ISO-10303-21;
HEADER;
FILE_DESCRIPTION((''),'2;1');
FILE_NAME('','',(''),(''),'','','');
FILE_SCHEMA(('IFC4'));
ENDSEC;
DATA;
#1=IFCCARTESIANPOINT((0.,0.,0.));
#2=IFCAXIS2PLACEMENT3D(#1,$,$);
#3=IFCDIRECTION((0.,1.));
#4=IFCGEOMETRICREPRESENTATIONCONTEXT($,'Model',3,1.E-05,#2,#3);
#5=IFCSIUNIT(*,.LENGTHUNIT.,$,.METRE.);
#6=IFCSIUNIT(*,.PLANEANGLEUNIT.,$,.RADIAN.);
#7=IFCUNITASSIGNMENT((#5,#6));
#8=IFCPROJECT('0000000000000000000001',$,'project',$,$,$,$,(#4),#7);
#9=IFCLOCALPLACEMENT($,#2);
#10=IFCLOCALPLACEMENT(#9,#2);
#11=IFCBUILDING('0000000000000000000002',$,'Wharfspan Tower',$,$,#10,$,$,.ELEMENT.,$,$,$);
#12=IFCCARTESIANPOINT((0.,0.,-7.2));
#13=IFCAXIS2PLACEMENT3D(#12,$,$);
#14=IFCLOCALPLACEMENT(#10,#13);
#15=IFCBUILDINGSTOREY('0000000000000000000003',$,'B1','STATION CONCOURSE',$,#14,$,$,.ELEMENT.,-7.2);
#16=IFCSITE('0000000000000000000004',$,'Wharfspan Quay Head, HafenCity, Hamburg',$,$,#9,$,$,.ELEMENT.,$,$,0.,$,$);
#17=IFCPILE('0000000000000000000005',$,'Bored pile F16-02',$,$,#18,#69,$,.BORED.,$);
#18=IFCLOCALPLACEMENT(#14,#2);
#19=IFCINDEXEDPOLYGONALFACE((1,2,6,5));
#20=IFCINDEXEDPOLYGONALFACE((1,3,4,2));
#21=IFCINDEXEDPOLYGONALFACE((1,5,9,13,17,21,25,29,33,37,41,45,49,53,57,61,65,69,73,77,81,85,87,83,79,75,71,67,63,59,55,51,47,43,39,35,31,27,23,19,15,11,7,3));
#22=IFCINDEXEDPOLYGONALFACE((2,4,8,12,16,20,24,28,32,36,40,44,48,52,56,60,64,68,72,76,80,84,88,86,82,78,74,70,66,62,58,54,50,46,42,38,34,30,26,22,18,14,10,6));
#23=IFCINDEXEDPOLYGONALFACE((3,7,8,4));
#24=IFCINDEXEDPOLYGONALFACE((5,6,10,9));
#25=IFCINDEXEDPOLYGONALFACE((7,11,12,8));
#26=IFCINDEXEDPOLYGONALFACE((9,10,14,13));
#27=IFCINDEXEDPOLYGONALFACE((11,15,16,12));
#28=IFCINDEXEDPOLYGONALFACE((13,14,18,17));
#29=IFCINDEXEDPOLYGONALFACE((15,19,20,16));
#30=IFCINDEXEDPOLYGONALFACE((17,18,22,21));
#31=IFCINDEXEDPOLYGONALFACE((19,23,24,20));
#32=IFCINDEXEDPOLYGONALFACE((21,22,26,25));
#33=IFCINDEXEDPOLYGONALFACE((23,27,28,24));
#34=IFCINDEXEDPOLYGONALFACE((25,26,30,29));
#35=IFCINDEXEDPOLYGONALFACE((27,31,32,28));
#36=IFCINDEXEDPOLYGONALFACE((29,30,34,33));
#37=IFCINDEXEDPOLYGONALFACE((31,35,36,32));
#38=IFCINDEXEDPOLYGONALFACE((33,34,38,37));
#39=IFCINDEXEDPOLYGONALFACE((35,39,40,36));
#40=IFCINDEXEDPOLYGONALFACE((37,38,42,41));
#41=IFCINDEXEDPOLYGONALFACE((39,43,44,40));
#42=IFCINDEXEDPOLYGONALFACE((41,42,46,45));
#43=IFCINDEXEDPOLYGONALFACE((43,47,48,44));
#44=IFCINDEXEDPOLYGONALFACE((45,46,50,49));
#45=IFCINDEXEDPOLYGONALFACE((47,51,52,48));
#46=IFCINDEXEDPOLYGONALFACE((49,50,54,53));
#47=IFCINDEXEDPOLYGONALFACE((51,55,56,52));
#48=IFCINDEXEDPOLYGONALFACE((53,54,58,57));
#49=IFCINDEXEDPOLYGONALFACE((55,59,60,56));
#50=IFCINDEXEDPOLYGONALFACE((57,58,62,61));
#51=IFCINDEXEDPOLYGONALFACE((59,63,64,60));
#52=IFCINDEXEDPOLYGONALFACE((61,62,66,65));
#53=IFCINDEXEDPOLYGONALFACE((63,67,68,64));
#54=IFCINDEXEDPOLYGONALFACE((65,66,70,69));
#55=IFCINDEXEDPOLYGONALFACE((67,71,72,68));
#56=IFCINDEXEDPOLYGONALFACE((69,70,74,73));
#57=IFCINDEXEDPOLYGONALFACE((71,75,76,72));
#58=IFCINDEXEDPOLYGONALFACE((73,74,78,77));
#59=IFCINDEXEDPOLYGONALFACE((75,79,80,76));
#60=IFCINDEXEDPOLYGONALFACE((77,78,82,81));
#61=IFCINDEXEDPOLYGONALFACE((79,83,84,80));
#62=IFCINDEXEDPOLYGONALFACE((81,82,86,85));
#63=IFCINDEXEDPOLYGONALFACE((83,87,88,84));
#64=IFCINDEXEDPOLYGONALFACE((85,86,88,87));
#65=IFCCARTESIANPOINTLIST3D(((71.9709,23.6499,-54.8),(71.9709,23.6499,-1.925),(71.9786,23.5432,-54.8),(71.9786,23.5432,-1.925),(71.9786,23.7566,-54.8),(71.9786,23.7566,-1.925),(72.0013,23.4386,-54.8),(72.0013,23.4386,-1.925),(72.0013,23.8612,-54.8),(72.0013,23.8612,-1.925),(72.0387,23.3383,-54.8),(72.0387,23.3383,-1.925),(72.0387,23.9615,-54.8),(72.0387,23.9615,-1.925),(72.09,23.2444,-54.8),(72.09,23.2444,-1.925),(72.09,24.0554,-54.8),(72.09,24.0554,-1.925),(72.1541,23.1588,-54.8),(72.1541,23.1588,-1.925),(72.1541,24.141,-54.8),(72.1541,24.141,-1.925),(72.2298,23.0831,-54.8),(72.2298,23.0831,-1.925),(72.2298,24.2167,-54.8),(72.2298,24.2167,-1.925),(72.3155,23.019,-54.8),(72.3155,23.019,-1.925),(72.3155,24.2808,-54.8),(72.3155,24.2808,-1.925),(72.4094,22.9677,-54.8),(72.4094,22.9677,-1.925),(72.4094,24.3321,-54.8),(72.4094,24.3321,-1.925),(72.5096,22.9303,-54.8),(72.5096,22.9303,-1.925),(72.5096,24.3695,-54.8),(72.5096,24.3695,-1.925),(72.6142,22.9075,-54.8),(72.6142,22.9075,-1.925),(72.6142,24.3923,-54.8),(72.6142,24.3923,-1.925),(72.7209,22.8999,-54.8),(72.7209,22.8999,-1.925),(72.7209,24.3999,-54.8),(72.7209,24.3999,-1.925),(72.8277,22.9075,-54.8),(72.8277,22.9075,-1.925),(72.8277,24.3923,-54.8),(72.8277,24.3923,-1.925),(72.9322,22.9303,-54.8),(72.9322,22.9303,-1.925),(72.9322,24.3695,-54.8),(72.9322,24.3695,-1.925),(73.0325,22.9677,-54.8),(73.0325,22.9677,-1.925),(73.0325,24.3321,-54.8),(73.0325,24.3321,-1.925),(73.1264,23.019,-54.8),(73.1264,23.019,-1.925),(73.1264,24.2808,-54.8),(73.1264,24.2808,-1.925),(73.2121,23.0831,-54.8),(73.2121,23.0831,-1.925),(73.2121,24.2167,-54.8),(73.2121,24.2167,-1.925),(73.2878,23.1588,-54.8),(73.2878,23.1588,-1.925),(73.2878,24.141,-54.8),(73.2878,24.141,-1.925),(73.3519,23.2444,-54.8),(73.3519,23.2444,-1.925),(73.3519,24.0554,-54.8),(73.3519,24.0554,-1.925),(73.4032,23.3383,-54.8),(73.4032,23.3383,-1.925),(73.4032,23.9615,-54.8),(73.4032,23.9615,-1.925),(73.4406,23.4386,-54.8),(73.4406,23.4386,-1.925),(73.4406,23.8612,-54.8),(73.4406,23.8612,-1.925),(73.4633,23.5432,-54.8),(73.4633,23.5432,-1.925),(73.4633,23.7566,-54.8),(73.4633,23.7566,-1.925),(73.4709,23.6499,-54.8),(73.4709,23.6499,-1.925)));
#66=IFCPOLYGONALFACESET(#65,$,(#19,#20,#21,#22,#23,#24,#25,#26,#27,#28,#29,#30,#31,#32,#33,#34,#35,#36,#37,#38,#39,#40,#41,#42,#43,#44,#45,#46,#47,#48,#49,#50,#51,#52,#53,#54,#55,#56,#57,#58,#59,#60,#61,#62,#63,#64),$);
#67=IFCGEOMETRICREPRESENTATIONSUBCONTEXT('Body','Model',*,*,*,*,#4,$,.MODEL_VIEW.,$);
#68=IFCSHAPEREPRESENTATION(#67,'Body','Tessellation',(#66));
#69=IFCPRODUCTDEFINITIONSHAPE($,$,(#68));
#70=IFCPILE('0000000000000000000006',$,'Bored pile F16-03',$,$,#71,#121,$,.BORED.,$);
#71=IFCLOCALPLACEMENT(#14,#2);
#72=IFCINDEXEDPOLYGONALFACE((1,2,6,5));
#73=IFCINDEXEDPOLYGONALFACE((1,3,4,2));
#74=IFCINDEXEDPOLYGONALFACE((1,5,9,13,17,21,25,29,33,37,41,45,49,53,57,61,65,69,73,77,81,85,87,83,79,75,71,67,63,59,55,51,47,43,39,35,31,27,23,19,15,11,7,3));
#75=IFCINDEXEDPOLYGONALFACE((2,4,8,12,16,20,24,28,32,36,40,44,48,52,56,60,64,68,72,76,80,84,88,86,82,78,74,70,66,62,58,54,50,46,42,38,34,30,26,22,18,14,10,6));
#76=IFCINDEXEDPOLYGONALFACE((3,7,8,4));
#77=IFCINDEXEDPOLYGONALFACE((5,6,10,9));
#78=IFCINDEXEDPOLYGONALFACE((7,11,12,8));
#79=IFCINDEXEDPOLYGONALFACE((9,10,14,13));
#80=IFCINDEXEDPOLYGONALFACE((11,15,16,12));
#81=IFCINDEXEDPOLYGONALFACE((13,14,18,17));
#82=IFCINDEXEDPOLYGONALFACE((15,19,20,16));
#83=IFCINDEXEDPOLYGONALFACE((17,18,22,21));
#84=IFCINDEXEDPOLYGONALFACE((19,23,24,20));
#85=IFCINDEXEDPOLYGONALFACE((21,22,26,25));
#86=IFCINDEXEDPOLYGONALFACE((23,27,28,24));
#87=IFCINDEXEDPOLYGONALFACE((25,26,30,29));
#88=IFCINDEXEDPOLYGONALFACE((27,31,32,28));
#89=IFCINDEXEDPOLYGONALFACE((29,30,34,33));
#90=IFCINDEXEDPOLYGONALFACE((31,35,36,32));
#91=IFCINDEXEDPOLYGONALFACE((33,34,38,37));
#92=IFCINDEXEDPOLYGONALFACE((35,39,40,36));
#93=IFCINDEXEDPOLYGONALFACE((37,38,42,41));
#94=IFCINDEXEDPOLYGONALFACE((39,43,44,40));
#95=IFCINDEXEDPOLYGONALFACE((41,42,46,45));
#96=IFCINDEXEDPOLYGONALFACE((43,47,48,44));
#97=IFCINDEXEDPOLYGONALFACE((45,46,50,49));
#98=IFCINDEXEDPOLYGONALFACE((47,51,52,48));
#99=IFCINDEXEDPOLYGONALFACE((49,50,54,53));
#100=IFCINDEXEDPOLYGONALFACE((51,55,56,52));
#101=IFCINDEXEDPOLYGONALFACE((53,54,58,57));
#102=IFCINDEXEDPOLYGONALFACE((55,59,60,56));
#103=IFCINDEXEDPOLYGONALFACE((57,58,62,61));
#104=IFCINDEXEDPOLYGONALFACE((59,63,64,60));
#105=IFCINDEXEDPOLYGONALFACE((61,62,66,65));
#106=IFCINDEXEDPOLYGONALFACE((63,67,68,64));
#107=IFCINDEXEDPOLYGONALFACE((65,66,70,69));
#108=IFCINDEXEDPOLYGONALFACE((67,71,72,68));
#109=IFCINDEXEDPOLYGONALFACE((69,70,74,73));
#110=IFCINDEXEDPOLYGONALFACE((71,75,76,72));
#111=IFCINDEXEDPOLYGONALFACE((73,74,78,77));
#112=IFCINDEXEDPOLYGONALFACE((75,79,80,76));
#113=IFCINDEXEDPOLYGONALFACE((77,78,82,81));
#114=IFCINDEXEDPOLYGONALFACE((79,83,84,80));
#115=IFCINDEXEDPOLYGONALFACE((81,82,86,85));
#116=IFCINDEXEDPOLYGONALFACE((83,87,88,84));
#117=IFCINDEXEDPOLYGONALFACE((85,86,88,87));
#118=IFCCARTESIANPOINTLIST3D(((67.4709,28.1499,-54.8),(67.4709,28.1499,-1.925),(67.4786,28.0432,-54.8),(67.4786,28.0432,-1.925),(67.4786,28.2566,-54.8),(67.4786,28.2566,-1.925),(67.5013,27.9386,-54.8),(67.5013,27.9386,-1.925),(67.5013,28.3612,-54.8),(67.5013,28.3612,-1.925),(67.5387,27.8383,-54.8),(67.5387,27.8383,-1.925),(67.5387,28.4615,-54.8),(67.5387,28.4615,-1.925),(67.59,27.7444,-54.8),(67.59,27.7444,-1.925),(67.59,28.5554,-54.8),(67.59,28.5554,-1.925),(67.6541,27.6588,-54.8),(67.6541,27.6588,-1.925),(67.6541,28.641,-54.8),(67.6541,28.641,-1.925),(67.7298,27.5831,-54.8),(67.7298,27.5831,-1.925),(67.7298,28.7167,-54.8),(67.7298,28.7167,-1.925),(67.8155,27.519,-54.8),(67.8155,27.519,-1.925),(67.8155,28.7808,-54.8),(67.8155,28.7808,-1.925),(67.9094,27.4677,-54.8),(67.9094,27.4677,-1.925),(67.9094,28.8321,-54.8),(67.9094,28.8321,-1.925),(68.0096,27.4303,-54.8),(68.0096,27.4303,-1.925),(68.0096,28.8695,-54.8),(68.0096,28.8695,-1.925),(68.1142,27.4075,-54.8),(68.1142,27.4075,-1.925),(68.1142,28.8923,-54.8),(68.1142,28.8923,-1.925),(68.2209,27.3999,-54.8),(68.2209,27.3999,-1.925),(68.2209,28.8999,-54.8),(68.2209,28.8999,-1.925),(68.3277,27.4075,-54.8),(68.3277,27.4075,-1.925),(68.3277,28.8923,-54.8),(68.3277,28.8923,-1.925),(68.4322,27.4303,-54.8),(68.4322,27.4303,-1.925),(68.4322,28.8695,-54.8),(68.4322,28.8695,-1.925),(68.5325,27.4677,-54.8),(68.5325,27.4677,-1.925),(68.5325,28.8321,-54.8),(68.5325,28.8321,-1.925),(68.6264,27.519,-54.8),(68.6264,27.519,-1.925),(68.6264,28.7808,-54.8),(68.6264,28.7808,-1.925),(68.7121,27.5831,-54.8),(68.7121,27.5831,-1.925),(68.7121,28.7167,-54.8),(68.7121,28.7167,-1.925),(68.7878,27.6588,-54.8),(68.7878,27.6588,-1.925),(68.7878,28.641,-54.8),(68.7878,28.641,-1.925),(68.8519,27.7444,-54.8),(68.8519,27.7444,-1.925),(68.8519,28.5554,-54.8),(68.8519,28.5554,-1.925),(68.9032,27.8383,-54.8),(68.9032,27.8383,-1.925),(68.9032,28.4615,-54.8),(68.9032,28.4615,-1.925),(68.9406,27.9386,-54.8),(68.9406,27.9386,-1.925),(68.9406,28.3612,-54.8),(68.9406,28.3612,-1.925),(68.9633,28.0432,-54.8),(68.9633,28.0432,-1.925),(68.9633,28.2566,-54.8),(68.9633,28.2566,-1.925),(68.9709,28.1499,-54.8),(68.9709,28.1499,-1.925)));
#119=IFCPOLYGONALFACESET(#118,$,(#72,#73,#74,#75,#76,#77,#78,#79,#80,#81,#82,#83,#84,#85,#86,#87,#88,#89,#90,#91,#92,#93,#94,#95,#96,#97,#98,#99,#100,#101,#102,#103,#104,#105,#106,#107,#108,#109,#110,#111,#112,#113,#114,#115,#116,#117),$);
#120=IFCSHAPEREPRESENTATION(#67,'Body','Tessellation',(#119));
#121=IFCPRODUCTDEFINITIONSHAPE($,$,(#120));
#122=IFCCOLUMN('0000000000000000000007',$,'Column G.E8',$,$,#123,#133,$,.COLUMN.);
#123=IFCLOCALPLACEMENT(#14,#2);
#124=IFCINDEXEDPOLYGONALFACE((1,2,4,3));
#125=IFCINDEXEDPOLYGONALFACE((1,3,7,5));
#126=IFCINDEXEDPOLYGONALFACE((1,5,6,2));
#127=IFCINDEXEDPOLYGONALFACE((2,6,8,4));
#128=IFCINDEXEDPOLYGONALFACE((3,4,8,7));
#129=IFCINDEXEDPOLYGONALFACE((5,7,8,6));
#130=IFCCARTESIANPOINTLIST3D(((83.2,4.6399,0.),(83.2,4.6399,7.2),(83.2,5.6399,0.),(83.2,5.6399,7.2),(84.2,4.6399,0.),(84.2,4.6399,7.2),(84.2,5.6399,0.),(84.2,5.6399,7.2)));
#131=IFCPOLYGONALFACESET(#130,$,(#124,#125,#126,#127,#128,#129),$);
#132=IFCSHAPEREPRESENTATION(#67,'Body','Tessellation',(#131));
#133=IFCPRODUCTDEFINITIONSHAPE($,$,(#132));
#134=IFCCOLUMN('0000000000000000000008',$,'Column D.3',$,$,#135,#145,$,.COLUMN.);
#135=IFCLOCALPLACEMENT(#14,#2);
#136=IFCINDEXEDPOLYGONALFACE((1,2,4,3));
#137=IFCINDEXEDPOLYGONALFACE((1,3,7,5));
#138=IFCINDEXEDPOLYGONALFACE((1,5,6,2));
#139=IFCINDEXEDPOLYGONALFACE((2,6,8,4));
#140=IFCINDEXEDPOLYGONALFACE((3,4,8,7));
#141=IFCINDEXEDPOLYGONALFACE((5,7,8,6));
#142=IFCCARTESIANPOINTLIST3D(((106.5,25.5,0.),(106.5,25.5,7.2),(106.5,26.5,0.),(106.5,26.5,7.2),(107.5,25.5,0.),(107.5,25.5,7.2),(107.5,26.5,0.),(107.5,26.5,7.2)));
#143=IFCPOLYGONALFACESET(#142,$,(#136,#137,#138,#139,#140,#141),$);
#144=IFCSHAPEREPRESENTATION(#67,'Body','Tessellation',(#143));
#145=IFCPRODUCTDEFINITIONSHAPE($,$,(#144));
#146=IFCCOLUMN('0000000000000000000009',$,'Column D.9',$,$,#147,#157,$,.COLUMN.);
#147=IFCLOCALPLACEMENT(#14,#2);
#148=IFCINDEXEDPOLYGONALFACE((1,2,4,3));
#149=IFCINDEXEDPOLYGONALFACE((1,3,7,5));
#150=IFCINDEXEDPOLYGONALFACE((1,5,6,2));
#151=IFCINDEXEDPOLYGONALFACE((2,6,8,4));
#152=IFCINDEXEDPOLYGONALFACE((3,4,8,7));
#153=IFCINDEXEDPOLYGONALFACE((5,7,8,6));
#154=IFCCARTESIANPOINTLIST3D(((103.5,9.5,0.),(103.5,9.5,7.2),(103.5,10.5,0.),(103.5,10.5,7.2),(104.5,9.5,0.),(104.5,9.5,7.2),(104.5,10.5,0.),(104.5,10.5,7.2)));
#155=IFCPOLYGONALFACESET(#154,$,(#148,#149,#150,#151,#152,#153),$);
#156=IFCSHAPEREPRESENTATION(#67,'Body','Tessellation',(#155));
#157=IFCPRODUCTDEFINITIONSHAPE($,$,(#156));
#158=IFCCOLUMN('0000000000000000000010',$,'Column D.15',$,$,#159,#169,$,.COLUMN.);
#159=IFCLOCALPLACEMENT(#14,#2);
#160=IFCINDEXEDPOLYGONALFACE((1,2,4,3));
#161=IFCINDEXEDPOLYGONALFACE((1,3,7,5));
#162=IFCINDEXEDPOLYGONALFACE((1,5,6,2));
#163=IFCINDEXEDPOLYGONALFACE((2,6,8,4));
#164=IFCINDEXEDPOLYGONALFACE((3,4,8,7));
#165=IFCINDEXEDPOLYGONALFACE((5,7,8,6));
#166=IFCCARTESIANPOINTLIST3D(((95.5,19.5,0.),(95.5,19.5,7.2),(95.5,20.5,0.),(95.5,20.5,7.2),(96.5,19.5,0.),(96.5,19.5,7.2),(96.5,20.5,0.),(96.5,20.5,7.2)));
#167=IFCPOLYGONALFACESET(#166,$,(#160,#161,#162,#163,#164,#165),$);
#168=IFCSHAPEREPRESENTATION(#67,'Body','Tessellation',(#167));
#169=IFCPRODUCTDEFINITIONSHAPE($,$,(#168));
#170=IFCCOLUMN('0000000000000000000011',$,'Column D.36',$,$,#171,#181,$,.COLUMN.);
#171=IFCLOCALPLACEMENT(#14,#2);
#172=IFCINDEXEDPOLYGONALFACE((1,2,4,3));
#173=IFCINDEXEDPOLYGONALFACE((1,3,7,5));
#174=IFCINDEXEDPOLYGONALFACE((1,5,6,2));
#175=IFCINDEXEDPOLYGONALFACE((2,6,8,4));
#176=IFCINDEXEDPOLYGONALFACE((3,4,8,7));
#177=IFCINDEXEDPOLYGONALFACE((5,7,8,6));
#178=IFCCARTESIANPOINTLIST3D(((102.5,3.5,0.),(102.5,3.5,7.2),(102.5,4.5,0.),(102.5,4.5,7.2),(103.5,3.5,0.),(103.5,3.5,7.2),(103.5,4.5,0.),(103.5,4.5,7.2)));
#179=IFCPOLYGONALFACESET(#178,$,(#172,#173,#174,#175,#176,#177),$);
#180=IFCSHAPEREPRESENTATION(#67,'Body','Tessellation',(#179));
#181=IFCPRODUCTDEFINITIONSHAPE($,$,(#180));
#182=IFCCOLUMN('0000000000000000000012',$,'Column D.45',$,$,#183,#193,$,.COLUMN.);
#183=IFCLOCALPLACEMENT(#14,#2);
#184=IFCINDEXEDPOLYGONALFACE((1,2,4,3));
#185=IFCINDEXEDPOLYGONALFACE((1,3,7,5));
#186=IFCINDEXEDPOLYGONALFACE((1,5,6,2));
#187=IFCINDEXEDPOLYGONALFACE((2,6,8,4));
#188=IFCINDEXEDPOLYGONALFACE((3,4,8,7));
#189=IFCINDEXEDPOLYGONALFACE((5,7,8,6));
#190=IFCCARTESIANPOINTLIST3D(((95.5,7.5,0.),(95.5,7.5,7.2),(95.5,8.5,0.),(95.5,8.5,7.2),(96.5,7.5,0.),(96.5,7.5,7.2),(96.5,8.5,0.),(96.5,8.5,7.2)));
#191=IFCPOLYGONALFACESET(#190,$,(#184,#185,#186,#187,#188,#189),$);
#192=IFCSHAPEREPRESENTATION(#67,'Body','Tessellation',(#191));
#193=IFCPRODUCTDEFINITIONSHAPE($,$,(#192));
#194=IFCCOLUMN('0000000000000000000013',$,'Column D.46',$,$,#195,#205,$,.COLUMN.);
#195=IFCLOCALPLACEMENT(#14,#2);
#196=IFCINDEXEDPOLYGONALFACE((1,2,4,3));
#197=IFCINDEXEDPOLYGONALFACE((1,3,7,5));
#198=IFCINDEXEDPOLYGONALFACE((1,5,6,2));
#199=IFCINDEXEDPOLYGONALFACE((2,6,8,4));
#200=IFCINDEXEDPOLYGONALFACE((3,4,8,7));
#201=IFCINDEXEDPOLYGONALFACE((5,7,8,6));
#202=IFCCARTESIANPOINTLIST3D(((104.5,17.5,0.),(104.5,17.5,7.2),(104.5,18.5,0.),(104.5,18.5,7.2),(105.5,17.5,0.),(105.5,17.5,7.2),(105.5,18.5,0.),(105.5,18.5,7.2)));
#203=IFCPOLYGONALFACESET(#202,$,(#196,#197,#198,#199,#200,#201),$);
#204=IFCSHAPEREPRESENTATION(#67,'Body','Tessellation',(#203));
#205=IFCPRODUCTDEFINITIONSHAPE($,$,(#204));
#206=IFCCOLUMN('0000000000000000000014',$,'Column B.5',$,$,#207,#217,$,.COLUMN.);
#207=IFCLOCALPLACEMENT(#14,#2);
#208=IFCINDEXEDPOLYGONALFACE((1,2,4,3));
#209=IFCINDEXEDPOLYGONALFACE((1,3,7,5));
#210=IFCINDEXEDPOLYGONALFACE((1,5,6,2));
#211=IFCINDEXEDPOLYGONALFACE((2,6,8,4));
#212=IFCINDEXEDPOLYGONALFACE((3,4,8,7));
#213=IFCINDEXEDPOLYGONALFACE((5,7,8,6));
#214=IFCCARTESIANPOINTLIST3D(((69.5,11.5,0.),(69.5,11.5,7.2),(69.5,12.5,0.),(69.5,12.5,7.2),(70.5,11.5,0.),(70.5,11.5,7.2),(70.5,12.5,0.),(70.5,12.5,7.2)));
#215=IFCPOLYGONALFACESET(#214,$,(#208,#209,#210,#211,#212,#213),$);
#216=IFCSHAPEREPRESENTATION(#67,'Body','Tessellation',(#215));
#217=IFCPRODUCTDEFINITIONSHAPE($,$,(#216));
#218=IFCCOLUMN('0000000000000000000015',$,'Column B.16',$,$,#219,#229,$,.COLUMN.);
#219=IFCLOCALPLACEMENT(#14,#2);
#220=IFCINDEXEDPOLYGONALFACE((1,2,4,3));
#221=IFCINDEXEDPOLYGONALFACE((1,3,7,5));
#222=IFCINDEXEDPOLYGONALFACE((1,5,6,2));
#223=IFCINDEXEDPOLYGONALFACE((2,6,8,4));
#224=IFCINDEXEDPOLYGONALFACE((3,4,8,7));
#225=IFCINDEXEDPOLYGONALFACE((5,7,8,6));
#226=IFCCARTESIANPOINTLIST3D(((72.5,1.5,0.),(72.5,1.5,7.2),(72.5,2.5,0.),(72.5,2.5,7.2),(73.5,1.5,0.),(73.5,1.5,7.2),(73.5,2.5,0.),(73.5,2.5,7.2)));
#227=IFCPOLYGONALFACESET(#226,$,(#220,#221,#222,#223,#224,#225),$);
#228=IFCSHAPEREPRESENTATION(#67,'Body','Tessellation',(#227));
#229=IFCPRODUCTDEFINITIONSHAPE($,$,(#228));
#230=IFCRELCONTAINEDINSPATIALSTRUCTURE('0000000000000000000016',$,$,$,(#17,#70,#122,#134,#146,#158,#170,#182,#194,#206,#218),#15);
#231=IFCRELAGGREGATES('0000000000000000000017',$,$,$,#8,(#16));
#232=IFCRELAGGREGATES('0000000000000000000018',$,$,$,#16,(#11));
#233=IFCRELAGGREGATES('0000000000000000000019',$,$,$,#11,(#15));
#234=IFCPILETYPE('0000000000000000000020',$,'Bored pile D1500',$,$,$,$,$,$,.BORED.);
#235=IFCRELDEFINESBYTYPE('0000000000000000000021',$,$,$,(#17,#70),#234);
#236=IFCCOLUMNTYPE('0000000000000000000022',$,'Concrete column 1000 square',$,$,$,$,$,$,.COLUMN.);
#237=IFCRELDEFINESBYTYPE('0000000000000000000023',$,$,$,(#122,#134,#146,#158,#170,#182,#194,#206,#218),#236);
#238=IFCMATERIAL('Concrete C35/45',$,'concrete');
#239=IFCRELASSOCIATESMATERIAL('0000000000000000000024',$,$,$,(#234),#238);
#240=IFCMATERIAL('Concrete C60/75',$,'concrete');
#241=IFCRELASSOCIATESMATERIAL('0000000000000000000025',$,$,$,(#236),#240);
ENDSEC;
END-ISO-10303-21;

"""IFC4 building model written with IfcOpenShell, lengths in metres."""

from ifc_helpers import new_model, si_unit, direction, frame, origin, origin_2d, place, context, subcontext, project, spatial, rectangle, circle, extrude, material, material_profile, profile_set, type_object, element, save


model = new_model("IFC4")

# Units and contexts
model_context = context("Model", 3, precision=1e-05, world=origin(), true_north=direction((0.0, 1.0)))
body_context = subcontext(model_context, "Body", "Model", "MODEL_VIEW")
ifc_project = project(units=[si_unit("LENGTHUNIT", "METRE"), si_unit("PLANEANGLEUNIT", "RADIAN")], contexts=[model_context])

# Site, building, storey
site_placement = place(None, origin())
site = spatial("IfcSite", under=ifc_project, at=site_placement, Name="Wharfspan Quay Head, HafenCity, Hamburg", CompositionType="ELEMENT", RefElevation=0.0)
building_placement = place(site_placement, origin())
building = spatial("IfcBuilding", under=site, at=building_placement, Name="Wharfspan Tower", CompositionType="ELEMENT")
storey_placement = place(building_placement, frame((0.0, 0.0, -7.2)))
storey = spatial("IfcBuildingStorey", under=building, at=storey_placement, Name="B1", Description="STATION CONCOURSE", CompositionType="ELEMENT", Elevation=-7.2)

# Piles
ifc_material_1 = material(Name="Concrete C35/45", Category="concrete")
ifc_material_profile_1 = material_profile(ifc_material_1, circle(Radius=0.75, at=origin_2d()))
ifc_profile_set_1 = profile_set([ifc_material_profile_1], Name="Concrete C35/45")
pile_type = type_object("IfcPileType", Name="Bored pile D1500", PredefinedType="BORED", material=ifc_profile_set_1)
for number, where, z_axis, x_axis, name in (
    (1, (72.7209, 23.6499, -1.925), (0.0, 0.0, -1.0), (1.0, 0.0, 0.0), "Bored pile F16-02"),
    (2, (68.2209, 28.1499, -1.925), (0.0, 0.0, -1.0), (1.0, 0.0, 0.0), "Bored pile F16-03"),
):
    element("IfcPile", number, at=place(storey_placement, frame(where, z_axis=z_axis, x_axis=x_axis)), inside=storey, type_object=pile_type, Name=name, PredefinedType="BORED", context=body_context, shape_type="SweptSolid", body=[
        extrude(circle(Radius=0.75, at=origin_2d()), origin(), (0.0, 0.0, 1.0), 52.875),
    ])

# Columns
ifc_material_2 = material(Name="Concrete C60/75", Category="concrete")
ifc_material_profile_2 = material_profile(ifc_material_2, rectangle(XDim=1.0, YDim=1.0, at=origin_2d()))
ifc_profile_set_2 = profile_set([ifc_material_profile_2], Name="Concrete C60/75")
column_type_1 = type_object("IfcColumnType", Name="Concrete column 1000 square", PredefinedType="COLUMN", material=ifc_profile_set_2)
for number, where, z_axis, x_axis, name in (
    (3, (83.7, 5.1399, 0.0), (0.0, 0.0, 1.0), (1.0, 0.0, 0.0), "Column G.E8"),
    (4, (107.0, 26.0, 0.0), (0.0, 0.0, 1.0), (1.0, 0.0, 0.0), "Column D.3"),
    (5, (104.0, 10.0, 0.0), (0.0, 0.0, 1.0), (1.0, 0.0, 0.0), "Column D.9"),
    (6, (96.0, 20.0, 0.0), (0.0, 0.0, 1.0), (1.0, 0.0, 0.0), "Column D.15"),
    (7, (103.0, 4.0, 0.0), (0.0, 0.0, 1.0), (1.0, 0.0, 0.0), "Column D.36"),
    (8, (96.0, 8.0, 0.0), (0.0, 0.0, 1.0), (1.0, 0.0, 0.0), "Column D.45"),
    (9, (105.0, 18.0, 0.0), (0.0, 0.0, 1.0), (1.0, 0.0, 0.0), "Column D.46"),
    (10, (70.0, 12.0, 0.0), (0.0, 0.0, 1.0), (1.0, 0.0, 0.0), "Column B.5"),
    (11, (73.0, 2.0, 0.0), (0.0, 0.0, 1.0), (1.0, 0.0, 0.0), "Column B.16"),
):
    element("IfcColumn", number, at=place(storey_placement, frame(where, z_axis=z_axis, x_axis=x_axis)), inside=storey, type_object=column_type_1, Name=name, PredefinedType="COLUMN", context=body_context, shape_type="SweptSolid", body=[
        extrude(rectangle(XDim=1.0, YDim=1.0, at=origin_2d()), origin(), (0.0, 0.0, 1.0), 7.2),
    ])

save(model, "model.ifc")
